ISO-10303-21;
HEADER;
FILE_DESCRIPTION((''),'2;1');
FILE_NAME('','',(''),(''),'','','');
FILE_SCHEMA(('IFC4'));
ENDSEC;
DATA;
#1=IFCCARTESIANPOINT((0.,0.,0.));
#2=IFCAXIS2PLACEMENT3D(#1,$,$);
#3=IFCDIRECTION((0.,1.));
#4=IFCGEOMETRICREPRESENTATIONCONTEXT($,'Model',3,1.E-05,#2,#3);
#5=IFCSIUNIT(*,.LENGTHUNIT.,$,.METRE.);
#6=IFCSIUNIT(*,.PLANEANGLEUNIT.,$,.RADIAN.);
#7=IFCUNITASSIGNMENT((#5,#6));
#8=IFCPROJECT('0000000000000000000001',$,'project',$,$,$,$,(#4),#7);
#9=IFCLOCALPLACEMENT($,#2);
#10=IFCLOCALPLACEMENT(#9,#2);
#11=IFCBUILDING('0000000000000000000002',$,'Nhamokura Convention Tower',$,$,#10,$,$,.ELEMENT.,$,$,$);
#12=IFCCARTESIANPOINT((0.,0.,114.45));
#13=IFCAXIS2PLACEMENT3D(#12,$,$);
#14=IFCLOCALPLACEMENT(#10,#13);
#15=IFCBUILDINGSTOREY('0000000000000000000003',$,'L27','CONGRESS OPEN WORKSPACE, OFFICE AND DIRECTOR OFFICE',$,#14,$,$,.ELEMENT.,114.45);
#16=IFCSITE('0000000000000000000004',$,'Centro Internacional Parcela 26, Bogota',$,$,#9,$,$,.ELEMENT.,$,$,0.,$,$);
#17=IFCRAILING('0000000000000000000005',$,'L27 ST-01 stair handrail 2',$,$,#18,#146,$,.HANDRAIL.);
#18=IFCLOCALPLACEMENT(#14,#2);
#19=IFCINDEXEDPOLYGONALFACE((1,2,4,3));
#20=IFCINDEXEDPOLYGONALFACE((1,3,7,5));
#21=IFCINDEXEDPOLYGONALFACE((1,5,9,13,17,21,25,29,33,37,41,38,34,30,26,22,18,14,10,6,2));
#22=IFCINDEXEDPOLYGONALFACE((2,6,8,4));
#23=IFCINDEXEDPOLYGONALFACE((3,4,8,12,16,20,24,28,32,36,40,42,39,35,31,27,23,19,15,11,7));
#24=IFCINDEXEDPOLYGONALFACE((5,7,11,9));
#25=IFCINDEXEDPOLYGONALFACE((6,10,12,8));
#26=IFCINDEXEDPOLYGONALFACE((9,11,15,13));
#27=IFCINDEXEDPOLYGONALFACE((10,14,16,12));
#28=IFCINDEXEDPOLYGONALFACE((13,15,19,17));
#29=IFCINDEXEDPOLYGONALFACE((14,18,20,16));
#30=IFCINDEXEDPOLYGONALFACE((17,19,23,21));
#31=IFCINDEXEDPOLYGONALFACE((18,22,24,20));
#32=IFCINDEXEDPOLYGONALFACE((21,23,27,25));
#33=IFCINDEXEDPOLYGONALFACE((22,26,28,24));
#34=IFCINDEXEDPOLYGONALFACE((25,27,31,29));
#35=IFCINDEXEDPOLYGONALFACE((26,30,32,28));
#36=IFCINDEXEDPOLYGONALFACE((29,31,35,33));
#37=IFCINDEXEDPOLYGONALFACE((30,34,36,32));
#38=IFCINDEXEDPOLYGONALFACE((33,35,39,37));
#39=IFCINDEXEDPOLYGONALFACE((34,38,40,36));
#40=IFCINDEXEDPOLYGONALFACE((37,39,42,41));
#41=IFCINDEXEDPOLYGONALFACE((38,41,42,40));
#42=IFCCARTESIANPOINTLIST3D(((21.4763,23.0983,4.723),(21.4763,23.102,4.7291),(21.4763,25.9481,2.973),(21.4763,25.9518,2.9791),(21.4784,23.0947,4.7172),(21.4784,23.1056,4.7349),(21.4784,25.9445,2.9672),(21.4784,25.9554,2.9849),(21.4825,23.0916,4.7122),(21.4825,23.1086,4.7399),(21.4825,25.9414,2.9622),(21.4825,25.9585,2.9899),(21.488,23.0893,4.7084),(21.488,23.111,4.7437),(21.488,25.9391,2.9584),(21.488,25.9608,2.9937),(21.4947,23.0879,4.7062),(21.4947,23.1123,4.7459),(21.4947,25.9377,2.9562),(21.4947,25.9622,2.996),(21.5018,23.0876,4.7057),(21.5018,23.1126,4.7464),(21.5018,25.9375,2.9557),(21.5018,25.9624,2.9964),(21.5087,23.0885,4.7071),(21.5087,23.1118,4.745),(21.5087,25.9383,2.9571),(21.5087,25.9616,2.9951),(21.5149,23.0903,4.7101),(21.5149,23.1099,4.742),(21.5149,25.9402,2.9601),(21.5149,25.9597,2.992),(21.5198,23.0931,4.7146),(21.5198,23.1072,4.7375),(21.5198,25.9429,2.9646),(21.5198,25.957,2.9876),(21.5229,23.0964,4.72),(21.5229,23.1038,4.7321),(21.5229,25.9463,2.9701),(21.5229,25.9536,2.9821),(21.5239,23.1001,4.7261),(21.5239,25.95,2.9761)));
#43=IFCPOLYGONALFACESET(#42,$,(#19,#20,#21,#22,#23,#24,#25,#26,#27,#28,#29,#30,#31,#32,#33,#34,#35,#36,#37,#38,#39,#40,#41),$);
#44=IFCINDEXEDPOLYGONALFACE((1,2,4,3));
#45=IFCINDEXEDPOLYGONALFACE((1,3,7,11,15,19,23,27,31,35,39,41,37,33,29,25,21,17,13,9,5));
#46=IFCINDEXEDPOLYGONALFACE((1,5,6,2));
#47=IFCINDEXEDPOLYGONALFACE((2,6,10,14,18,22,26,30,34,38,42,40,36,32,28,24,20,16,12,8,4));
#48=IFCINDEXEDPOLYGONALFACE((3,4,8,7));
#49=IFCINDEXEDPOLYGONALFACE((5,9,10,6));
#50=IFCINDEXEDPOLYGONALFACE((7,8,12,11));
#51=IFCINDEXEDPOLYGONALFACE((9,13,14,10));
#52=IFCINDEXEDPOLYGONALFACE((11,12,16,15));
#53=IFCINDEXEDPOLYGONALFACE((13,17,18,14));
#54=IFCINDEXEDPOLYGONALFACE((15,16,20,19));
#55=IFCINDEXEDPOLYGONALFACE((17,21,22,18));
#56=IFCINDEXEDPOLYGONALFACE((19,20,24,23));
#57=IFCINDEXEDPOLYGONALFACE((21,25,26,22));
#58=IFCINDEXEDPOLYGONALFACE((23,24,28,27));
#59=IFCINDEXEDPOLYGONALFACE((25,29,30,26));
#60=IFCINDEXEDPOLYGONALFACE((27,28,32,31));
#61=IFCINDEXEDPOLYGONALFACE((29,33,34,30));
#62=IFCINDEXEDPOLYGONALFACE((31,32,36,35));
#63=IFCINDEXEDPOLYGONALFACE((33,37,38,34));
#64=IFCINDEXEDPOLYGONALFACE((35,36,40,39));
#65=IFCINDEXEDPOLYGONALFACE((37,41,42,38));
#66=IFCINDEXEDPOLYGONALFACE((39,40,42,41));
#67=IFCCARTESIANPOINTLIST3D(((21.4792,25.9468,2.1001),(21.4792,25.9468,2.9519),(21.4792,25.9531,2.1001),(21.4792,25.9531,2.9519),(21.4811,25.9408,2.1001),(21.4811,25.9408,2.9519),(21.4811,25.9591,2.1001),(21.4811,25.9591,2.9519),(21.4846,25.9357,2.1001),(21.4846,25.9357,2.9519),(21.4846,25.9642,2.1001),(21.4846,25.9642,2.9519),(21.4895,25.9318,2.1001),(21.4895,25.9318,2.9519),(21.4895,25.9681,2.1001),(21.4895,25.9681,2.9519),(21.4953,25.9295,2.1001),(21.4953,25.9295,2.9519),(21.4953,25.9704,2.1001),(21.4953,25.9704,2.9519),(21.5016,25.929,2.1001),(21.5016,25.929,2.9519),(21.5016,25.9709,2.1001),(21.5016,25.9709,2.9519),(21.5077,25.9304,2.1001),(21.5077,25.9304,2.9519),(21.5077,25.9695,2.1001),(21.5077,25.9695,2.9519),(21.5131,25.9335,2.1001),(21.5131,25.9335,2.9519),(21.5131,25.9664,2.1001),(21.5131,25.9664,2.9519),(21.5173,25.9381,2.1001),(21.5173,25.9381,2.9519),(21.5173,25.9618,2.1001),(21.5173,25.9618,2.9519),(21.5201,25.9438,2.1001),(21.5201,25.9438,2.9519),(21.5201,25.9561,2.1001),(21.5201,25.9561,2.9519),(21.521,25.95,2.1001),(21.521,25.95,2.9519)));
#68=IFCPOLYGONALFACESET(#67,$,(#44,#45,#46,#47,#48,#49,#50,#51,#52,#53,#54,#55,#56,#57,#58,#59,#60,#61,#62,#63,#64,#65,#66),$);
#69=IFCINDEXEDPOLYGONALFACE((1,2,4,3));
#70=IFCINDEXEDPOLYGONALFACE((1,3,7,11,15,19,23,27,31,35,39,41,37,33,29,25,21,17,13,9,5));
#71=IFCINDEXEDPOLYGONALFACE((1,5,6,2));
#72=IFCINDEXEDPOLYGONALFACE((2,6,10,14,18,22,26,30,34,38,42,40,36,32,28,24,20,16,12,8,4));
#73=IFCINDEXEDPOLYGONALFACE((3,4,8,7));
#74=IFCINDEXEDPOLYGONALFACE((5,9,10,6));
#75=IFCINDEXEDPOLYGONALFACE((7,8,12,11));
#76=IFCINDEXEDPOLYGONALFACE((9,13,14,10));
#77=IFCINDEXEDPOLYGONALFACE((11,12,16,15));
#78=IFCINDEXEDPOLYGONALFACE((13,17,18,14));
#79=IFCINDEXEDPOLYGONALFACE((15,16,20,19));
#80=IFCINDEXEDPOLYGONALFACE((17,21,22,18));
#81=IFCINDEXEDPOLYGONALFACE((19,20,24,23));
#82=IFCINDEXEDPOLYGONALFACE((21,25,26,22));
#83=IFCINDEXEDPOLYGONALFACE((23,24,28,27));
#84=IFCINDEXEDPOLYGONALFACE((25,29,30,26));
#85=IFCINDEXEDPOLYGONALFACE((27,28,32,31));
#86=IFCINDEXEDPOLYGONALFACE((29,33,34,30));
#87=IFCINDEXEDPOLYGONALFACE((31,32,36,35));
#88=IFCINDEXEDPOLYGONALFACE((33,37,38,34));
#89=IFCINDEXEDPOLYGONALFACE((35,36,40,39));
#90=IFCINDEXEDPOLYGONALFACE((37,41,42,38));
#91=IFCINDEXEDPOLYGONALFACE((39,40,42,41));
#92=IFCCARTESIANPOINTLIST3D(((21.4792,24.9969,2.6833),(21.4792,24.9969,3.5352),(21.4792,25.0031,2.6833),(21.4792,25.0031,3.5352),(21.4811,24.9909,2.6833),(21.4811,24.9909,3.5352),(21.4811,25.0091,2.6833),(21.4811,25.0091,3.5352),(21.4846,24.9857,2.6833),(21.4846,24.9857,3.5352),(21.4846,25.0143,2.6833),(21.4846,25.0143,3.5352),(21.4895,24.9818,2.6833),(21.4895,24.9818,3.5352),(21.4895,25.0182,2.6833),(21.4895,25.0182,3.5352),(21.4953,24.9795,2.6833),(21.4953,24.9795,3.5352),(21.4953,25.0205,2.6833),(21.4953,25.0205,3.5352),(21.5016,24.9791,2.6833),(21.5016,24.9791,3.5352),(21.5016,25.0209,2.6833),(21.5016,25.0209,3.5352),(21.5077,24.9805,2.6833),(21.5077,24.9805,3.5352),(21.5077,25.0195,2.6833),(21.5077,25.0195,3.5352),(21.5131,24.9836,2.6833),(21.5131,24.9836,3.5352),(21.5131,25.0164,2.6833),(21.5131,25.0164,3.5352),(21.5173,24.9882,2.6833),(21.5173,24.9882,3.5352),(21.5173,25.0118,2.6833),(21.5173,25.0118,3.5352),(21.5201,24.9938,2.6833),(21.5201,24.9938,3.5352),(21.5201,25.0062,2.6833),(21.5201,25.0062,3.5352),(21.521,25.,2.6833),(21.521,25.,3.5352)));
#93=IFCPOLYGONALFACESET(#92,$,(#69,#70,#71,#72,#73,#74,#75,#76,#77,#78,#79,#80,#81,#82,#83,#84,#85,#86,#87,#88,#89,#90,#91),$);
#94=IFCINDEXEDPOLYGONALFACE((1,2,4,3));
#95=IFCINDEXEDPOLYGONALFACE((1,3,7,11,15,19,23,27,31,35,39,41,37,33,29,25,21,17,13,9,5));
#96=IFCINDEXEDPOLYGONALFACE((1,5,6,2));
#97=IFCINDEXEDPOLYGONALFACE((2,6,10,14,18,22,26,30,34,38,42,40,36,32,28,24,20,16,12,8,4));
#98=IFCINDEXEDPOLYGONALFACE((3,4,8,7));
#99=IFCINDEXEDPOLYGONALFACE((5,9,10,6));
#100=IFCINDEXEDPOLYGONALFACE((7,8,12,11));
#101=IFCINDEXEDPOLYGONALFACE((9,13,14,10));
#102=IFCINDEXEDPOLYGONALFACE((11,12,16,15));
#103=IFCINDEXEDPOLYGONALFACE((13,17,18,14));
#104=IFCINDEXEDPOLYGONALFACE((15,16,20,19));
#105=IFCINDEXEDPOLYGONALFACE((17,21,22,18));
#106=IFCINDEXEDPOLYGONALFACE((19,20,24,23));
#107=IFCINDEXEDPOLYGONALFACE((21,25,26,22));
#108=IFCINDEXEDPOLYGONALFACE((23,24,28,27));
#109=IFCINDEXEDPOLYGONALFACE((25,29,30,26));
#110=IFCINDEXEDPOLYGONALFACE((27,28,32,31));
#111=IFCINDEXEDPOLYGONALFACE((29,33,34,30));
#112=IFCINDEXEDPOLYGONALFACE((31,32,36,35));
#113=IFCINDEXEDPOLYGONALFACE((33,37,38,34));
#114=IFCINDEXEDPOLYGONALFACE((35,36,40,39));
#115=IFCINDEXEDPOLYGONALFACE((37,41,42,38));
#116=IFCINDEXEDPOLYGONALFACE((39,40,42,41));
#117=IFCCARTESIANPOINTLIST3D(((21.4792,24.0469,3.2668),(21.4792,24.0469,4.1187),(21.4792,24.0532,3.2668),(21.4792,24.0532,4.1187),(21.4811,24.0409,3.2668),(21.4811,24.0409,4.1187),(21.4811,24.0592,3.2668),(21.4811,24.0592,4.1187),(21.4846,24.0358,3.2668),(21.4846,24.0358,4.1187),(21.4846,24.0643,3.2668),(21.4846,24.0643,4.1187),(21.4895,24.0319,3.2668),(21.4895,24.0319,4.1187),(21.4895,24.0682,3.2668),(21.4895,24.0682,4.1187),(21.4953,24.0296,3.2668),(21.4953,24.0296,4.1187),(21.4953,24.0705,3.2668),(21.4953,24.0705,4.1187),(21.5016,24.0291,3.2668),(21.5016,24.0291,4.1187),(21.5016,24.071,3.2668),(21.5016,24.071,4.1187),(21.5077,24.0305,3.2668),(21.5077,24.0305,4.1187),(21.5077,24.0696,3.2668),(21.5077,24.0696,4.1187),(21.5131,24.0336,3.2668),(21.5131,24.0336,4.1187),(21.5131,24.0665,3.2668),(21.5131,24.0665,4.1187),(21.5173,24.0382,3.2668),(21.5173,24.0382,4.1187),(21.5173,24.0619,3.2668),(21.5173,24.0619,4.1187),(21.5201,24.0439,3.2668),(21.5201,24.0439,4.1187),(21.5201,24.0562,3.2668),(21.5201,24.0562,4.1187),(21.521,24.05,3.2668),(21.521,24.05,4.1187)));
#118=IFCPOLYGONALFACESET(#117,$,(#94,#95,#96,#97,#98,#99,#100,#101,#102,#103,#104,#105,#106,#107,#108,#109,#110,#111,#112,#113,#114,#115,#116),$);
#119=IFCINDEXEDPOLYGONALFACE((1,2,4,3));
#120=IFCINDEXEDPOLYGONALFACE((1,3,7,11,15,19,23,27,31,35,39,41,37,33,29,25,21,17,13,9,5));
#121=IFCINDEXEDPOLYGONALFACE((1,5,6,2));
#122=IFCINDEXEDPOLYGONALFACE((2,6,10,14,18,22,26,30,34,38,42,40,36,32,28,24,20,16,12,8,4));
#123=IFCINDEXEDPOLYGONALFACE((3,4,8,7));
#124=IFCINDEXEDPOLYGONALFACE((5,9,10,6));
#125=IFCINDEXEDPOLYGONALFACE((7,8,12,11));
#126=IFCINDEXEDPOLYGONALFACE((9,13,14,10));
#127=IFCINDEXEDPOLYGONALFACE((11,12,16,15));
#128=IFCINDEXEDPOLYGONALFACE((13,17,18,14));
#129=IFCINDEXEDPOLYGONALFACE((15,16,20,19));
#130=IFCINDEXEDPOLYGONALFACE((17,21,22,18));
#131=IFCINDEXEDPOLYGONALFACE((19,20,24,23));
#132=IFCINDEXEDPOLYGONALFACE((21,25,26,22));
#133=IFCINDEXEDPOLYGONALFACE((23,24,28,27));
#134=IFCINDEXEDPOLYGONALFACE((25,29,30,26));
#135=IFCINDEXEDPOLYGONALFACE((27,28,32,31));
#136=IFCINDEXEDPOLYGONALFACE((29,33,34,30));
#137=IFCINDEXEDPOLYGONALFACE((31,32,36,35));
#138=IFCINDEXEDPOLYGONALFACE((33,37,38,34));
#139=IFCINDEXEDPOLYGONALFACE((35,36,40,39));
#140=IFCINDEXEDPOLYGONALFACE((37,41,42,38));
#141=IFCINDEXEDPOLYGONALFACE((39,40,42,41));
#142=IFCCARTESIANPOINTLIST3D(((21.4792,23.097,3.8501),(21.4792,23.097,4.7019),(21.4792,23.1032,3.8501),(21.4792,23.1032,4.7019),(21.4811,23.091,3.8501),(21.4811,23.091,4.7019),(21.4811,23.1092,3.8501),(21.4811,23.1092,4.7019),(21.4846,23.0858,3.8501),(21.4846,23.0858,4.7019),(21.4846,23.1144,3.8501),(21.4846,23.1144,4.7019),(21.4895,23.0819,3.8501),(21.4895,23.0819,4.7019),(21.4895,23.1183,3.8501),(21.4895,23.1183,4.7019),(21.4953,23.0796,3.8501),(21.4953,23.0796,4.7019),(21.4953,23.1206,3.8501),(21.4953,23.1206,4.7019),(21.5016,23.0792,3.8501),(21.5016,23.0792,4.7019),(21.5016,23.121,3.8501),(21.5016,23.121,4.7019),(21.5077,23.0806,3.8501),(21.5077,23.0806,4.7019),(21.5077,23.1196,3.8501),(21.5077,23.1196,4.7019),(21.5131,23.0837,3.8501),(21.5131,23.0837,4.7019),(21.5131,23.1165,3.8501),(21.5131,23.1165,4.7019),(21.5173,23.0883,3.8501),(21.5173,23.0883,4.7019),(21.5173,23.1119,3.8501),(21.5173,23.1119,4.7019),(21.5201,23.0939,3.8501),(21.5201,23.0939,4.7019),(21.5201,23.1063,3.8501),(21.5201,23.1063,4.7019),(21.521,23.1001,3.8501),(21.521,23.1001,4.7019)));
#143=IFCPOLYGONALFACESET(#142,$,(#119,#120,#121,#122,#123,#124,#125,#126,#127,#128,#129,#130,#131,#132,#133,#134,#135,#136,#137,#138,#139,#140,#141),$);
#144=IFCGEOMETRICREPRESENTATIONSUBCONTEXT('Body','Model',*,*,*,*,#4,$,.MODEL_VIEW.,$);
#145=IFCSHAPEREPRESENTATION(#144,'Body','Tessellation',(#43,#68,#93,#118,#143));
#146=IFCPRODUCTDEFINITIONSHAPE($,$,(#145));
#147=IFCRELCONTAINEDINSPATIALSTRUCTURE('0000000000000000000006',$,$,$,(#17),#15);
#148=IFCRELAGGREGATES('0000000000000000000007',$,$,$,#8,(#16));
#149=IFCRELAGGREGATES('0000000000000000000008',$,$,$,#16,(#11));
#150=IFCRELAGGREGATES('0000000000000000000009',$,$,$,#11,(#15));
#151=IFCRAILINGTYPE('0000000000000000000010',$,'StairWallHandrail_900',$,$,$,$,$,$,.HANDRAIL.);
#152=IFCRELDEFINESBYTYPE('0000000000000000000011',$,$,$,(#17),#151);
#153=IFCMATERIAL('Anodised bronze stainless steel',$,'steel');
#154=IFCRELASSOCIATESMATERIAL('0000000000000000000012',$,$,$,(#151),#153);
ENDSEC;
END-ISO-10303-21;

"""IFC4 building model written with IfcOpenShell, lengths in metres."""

from ifc_helpers import new_model, si_unit, direction, frame, origin, origin_2d, place, context, subcontext, project, spatial, circle, extrude, material, type_object, element, save


model = new_model("IFC4")

# Units and contexts
model_context = context("Model", 3, precision=1e-05, world=origin(), true_north=direction((0.0, 1.0)))
body_context = subcontext(model_context, "Body", "Model", "MODEL_VIEW")
ifc_project = project(units=[si_unit("LENGTHUNIT", "METRE"), si_unit("PLANEANGLEUNIT", "RADIAN")], contexts=[model_context])

# Site, building, storey
site_placement = place(None, origin())
site = spatial("IfcSite", under=ifc_project, at=site_placement, Name="Centro Internacional Parcela 26, Bogota", CompositionType="ELEMENT", RefElevation=0.0)
building_placement = place(site_placement, origin())
building = spatial("IfcBuilding", under=site, at=building_placement, Name="Nhamokura Convention Tower", CompositionType="ELEMENT")
storey_placement = place(building_placement, frame((0.0, 0.0, 114.45)))
storey = spatial("IfcBuildingStorey", under=building, at=storey_placement, Name="L27", Description="CONGRESS OPEN WORKSPACE, OFFICE AND DIRECTOR OFFICE", CompositionType="ELEMENT", Elevation=114.45)

# Railing
ifc_material_1 = material(Name="Anodised bronze stainless steel", Category="steel")
railing_type_1 = type_object("IfcRailingType", Name="StairWallHandrail_900", PredefinedType="HANDRAIL", material=ifc_material_1)
railing_1_placement = place(storey_placement, frame((21.5, 25.95, 2.1001)))
element("IfcRailing", 1, at=railing_1_placement, inside=storey, type_object=railing_type_1, Name="L27 ST-01 stair handrail 2", PredefinedType="HANDRAIL", context=body_context, shape_type="SweptSolid", body=[
    extrude(circle(Radius=0.0239, at=origin_2d()), frame((0.0, 0.0, 0.876), z_axis=(0.0, -0.852159, 0.523283), x_axis=(1.0, 0.0, 0.0)), (0.0, 0.0, 1.0), 3.3442),
    extrude(circle(Radius=0.021, at=origin_2d()), origin(), (0.0, 0.0, 1.0), 0.8518),
    extrude(circle(Radius=0.021, at=origin_2d()), frame((0.0, -0.95, 0.5833)), (0.0, 0.0, 1.0), 0.8518),
    extrude(circle(Radius=0.021, at=origin_2d()), frame((0.0, -1.8999, 1.1667)), (0.0, 0.0, 1.0), 0.8518),
    extrude(circle(Radius=0.021, at=origin_2d()), frame((0.0, -2.8499, 1.75)), (0.0, 0.0, 1.0), 0.8518),
])

save(model, "model.ifc")
